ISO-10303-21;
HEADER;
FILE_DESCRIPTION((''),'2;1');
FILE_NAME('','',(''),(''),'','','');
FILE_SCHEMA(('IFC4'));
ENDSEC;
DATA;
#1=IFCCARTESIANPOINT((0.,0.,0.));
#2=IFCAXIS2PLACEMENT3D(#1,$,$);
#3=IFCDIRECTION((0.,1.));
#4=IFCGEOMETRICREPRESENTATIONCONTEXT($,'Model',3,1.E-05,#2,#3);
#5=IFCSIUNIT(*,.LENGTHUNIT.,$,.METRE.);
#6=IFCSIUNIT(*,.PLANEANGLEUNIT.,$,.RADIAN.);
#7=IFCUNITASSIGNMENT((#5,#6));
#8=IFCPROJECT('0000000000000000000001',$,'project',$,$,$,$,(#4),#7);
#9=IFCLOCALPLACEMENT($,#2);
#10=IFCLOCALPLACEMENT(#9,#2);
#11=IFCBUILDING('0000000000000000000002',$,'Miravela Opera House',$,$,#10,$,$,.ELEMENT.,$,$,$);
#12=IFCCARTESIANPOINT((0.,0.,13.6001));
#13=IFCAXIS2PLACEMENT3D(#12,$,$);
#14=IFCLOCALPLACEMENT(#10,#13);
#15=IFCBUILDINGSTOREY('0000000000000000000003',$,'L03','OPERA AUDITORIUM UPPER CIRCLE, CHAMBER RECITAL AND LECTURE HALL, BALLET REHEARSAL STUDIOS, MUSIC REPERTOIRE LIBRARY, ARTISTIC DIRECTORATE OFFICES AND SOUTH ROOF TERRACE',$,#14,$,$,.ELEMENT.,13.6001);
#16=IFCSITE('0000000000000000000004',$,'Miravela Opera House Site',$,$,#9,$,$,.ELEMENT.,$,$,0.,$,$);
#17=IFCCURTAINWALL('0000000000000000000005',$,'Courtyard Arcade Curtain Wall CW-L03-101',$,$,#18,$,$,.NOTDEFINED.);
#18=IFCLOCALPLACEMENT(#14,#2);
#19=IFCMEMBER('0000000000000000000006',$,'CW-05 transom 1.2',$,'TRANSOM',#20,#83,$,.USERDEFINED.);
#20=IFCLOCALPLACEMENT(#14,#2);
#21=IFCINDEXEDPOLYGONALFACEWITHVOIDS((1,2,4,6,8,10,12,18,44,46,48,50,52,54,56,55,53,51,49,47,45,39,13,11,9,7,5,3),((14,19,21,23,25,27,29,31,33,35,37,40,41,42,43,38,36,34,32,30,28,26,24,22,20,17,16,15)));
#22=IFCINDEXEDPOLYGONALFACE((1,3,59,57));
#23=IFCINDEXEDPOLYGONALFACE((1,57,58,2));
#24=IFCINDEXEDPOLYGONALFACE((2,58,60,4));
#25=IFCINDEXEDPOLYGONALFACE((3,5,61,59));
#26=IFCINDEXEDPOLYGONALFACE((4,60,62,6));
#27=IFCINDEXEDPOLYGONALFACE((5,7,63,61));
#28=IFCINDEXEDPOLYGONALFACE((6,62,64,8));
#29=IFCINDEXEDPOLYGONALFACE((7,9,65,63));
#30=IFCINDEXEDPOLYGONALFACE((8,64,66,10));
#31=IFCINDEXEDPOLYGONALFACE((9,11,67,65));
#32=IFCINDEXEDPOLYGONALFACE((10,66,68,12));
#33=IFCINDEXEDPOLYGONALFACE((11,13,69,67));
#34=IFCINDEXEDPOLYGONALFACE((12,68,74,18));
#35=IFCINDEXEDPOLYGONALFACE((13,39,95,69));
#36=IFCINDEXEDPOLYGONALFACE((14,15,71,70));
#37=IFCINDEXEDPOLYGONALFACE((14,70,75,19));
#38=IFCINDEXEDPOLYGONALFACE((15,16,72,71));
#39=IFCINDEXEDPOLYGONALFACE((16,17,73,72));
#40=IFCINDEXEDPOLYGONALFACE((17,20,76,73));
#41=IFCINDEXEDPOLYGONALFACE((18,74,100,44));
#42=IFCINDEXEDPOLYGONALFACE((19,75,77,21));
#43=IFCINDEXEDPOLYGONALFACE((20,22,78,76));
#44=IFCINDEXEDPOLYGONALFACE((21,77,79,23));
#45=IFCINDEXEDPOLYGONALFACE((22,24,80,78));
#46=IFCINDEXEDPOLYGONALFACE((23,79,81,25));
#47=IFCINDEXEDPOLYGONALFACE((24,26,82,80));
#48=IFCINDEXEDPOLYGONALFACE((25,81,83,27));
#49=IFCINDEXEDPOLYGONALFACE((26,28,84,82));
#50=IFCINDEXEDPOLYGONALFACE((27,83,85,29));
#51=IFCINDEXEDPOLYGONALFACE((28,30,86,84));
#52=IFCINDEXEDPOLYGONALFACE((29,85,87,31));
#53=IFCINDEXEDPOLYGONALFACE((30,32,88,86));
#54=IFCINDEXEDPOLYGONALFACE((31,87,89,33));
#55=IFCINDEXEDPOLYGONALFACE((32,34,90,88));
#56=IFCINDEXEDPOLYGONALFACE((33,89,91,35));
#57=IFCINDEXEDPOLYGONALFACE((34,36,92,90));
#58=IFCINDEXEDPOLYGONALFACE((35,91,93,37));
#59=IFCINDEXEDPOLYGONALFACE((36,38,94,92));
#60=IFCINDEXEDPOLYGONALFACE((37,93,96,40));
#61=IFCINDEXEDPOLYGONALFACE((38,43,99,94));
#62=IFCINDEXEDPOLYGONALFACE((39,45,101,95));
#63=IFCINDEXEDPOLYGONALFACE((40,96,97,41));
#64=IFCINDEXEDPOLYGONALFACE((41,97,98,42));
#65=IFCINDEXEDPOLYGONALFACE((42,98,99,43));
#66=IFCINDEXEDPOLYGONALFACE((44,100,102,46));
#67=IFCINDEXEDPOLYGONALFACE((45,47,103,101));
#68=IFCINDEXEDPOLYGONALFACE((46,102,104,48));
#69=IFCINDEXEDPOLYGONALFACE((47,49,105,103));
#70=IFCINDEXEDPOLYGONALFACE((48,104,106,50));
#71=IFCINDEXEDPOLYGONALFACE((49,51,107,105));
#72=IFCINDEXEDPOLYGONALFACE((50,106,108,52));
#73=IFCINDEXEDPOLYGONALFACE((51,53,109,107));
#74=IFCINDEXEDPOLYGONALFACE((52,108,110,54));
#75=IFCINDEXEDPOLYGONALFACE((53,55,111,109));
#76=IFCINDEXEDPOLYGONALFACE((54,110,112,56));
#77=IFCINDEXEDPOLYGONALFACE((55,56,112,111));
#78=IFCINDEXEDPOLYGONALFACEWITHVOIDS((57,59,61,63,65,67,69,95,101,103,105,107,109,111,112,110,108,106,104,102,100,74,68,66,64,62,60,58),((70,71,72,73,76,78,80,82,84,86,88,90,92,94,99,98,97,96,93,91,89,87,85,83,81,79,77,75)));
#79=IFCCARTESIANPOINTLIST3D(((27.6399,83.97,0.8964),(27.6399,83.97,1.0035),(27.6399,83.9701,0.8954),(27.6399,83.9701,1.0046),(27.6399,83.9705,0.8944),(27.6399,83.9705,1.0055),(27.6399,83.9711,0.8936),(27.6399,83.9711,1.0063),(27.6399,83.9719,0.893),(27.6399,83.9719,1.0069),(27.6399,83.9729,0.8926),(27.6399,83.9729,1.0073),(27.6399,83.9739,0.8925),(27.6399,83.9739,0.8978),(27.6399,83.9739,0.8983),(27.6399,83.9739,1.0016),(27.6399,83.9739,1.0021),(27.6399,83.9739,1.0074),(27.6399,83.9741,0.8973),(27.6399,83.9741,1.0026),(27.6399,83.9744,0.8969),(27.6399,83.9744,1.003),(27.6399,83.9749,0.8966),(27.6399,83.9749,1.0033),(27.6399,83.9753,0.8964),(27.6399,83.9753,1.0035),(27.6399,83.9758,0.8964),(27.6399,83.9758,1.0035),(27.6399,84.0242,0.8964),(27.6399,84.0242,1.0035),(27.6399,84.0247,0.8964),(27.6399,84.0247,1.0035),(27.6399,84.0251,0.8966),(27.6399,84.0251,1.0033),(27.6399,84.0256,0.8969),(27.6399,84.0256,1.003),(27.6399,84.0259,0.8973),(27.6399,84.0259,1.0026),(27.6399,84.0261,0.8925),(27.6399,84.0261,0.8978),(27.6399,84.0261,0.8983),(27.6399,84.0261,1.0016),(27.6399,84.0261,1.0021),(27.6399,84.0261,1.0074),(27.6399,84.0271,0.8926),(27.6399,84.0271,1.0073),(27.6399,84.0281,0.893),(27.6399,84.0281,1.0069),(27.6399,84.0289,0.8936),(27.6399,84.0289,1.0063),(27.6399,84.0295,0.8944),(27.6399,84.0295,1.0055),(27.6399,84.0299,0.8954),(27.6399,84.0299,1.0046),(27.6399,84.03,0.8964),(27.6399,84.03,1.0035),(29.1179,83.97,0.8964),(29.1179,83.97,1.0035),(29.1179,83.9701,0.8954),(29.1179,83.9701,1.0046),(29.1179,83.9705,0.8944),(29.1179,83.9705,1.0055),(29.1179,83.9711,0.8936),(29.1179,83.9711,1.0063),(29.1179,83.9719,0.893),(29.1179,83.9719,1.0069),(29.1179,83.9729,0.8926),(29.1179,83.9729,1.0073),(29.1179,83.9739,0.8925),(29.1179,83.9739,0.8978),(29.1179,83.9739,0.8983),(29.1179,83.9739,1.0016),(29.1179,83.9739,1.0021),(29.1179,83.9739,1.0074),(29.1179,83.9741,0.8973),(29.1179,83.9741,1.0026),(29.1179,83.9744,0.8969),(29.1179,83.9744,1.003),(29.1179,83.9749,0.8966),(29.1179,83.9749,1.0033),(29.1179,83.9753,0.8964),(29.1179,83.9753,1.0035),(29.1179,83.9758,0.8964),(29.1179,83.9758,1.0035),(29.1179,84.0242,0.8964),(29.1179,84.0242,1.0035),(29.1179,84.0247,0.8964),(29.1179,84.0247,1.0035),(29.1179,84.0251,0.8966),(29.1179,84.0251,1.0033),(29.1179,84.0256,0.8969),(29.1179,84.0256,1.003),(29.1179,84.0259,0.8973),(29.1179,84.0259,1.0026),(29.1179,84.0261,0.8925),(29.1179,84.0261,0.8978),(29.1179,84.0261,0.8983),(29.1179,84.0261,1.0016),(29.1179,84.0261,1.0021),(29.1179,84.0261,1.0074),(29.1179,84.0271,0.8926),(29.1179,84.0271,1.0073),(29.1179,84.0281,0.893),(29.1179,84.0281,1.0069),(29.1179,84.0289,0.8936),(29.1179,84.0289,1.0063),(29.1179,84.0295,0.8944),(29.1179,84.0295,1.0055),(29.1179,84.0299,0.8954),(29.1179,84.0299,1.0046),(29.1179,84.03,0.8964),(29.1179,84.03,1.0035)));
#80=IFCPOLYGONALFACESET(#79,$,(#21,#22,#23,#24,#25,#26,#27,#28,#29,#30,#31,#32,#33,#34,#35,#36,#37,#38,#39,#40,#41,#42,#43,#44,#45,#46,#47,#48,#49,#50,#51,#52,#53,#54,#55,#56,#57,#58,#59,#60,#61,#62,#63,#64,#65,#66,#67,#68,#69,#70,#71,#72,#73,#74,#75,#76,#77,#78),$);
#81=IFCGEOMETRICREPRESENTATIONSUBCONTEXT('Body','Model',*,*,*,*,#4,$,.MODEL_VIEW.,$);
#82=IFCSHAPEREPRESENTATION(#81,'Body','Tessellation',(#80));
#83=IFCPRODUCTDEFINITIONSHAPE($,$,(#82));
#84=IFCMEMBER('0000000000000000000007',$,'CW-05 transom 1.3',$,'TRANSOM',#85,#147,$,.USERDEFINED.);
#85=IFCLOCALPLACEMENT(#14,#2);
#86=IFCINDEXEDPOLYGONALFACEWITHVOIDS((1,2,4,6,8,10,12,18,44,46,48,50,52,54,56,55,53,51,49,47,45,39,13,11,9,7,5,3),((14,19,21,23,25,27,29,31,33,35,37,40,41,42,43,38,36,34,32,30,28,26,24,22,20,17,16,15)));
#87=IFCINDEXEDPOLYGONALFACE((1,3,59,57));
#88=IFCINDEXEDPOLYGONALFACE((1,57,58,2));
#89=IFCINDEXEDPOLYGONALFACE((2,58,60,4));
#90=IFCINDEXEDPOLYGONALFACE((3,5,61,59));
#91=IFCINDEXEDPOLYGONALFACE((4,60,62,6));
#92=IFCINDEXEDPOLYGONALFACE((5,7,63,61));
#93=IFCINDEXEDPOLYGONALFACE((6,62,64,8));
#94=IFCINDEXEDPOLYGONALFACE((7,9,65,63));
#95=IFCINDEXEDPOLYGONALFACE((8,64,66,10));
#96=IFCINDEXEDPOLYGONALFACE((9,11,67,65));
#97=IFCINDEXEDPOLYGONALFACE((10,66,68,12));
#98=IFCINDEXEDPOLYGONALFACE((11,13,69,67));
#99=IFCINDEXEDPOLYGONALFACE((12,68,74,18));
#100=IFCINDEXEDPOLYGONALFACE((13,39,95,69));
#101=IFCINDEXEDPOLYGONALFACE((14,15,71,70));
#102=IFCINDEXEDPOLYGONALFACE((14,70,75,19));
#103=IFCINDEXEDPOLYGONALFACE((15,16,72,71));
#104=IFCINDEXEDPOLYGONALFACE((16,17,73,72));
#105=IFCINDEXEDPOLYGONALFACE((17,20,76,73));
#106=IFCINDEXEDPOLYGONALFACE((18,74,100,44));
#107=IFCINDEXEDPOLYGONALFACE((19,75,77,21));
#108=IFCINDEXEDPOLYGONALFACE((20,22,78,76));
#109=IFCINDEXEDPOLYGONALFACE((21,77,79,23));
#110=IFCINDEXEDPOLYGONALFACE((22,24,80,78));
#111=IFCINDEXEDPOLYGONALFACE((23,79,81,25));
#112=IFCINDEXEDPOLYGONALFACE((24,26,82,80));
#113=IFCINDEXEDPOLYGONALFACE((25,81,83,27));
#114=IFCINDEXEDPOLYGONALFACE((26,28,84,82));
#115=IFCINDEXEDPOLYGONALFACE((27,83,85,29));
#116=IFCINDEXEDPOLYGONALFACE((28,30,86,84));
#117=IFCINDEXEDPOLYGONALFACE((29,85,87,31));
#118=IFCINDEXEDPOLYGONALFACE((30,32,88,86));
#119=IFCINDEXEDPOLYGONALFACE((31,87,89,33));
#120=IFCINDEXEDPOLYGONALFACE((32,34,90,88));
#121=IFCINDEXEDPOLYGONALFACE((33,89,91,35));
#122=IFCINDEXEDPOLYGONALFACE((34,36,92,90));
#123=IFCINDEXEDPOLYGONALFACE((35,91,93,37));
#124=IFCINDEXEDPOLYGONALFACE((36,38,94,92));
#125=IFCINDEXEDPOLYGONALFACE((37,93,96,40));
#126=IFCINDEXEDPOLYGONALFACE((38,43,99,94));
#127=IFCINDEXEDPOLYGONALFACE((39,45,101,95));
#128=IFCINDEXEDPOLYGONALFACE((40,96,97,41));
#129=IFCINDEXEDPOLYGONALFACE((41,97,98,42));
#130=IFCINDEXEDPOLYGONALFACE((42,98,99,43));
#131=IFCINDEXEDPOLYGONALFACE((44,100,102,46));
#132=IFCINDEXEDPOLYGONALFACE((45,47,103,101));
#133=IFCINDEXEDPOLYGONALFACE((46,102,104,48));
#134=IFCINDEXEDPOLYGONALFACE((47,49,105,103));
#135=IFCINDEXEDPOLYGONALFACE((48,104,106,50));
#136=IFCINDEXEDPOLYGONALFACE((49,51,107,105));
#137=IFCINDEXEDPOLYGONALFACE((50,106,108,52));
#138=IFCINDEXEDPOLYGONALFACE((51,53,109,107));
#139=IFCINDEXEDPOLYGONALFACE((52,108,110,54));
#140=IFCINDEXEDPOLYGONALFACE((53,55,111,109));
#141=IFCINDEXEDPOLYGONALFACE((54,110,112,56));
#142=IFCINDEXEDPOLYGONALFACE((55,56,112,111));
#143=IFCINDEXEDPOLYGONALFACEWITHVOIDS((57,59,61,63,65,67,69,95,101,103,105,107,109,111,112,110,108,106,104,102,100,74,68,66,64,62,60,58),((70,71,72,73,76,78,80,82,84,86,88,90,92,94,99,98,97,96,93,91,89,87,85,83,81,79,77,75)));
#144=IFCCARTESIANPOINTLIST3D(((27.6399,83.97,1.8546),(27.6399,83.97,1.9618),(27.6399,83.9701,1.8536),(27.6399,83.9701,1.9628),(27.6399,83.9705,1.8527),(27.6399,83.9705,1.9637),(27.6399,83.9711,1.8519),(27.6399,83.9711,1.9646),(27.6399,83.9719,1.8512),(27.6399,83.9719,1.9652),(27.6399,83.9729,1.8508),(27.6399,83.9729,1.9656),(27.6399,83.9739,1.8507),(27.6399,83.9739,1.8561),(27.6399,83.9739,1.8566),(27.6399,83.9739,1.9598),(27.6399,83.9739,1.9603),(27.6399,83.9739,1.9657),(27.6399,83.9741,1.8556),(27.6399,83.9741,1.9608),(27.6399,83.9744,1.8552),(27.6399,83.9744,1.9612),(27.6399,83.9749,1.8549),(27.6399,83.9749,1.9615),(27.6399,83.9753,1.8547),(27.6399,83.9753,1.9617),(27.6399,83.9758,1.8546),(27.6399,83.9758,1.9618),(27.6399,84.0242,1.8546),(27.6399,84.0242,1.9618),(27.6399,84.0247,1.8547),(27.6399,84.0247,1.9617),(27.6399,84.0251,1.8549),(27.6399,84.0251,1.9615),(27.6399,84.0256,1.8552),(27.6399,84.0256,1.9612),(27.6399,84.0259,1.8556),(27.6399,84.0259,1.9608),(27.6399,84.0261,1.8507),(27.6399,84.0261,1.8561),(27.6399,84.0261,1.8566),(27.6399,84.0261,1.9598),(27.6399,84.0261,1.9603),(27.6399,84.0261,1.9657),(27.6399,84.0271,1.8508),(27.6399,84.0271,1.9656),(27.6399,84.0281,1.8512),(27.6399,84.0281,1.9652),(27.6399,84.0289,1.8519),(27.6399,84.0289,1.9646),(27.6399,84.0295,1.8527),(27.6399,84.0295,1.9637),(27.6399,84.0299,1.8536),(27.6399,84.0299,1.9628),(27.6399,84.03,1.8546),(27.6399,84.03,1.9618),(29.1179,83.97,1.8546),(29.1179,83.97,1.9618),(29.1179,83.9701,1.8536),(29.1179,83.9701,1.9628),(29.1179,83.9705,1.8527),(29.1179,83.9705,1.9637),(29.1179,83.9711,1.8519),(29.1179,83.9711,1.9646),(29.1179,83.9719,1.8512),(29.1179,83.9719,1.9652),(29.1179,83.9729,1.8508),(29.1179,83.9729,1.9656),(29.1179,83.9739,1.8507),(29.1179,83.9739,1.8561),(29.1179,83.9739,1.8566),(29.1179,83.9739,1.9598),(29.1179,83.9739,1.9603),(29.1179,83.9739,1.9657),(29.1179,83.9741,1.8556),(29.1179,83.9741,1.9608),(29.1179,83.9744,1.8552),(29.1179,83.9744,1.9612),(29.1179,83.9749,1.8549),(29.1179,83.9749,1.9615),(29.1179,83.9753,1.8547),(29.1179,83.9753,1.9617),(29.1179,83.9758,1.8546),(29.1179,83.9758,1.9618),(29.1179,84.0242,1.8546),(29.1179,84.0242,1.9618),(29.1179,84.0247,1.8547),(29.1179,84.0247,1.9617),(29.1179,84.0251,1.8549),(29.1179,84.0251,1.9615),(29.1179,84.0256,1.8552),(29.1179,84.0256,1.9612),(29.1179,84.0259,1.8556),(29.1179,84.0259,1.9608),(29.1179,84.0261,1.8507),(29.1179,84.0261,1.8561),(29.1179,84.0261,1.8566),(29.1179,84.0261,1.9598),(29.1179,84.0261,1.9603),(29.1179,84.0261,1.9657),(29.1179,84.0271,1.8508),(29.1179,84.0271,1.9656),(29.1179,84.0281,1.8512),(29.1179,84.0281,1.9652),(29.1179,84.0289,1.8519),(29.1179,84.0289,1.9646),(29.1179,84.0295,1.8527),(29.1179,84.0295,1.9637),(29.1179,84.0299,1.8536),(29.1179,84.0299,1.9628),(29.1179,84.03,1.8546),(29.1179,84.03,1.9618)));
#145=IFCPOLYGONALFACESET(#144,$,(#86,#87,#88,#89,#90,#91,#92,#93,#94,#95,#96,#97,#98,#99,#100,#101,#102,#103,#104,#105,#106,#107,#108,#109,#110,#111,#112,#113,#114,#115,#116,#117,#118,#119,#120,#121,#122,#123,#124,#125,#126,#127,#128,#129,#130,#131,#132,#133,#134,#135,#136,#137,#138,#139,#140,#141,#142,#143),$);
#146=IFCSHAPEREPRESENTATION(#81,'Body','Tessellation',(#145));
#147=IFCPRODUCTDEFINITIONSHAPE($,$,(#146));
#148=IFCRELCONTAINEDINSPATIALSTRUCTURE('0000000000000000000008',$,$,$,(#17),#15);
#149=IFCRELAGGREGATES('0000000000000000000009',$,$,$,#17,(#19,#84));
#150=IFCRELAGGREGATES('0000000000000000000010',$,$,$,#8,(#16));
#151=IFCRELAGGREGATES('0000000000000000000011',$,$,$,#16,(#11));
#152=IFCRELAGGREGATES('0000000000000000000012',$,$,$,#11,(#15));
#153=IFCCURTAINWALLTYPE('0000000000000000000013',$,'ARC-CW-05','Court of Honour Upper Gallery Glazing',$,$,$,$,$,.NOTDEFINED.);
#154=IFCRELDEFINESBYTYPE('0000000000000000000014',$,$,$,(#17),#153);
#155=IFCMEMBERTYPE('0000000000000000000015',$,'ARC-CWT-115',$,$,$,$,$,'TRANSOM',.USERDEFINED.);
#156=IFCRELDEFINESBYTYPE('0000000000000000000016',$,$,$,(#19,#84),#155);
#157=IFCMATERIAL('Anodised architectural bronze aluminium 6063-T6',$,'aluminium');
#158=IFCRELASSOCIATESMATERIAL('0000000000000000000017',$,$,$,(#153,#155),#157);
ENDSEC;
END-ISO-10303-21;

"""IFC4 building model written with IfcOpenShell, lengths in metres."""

from ifc_helpers import new_model, si_unit, direction, frame, origin, origin_2d, place, context, subcontext, project, spatial, hollow_rectangle, extrude, material, material_profile, profile_set, type_object, element, aggregate, save


model = new_model("IFC4")

# Units and contexts
model_context = context("Model", 3, precision=1e-05, world=origin(), true_north=direction((0.0, 1.0)))
body_context = subcontext(model_context, "Body", "Model", "MODEL_VIEW")
ifc_project = project(units=[si_unit("LENGTHUNIT", "METRE"), si_unit("PLANEANGLEUNIT", "RADIAN")], contexts=[model_context])

# Site, building, storey
site_placement = place(None, origin())
site = spatial("IfcSite", under=ifc_project, at=site_placement, Name="Miravela Opera House Site", CompositionType="ELEMENT", RefElevation=0.0)
building_placement = place(site_placement, origin())
building = spatial("IfcBuilding", under=site, at=building_placement, Name="Miravela Opera House", CompositionType="ELEMENT")
storey_placement = place(building_placement, frame((0.0, 0.0, 13.6001)))
storey = spatial("IfcBuildingStorey", under=building, at=storey_placement, Name="L03", Description="OPERA AUDITORIUM UPPER CIRCLE, CHAMBER RECITAL AND LECTURE HALL, BALLET REHEARSAL STUDIOS, MUSIC REPERTOIRE LIBRARY, ARTISTIC DIRECTORATE OFFICES AND SOUTH ROOF TERRACE", CompositionType="ELEMENT", Elevation=13.6001)

# Curtain wall, members
ifc_material_1 = material(Name="Anodised architectural bronze aluminium 6063-T6", Category="aluminium")
curtain_wall_type = type_object("IfcCurtainWallType", Name="ARC-CW-05", Description="Court of Honour Upper Gallery Glazing", PredefinedType="NOTDEFINED", material=ifc_material_1)
curtain_wall_placement = place(storey_placement, origin())
curtain_wall = element("IfcCurtainWall", 1, at=curtain_wall_placement, inside=storey, type_object=curtain_wall_type, Name="Courtyard Arcade Curtain Wall CW-L03-101", PredefinedType="NOTDEFINED")
ifc_material_profile_1 = material_profile(ifc_material_1, hollow_rectangle(XDim=0.0601, YDim=0.115, WallThickness=0.0039, InnerFilletRadius=0.002, OuterFilletRadius=0.0039, at=origin_2d()), Name="CWT-60X115")
ifc_profile_set_1 = profile_set([ifc_material_profile_1])
member_type_1 = type_object("IfcMemberType", Name="ARC-CWT-115", ElementType="TRANSOM", PredefinedType="USERDEFINED", material=ifc_profile_set_1)
member_1_placement = place(storey_placement, frame((27.6399, 84.0, 0.95), z_axis=(1.0, 0.0, 0.0), x_axis=(0.0, 1.0, 0.0)))
member_1 = element("IfcMember", 2, at=member_1_placement, type_object=member_type_1, Name="CW-05 transom 1.2", ObjectType="TRANSOM", PredefinedType="USERDEFINED", context=body_context, shape_type="SweptSolid", body=[
    extrude(hollow_rectangle(XDim=0.0601, YDim=0.115, WallThickness=0.0039, InnerFilletRadius=0.002, OuterFilletRadius=0.0039, at=origin_2d()), origin(), (0.0, 0.0, 1.0), 1.478),
])
member_2_placement = place(storey_placement, frame((27.6399, 84.0, 1.9082), z_axis=(1.0, 0.0, 0.0), x_axis=(0.0, 1.0, 0.0)))
member_2 = element("IfcMember", 3, at=member_2_placement, type_object=member_type_1, Name="CW-05 transom 1.3", ObjectType="TRANSOM", PredefinedType="USERDEFINED", context=body_context, shape_type="SweptSolid", body=[
    extrude(hollow_rectangle(XDim=0.0601, YDim=0.115, WallThickness=0.0039, InnerFilletRadius=0.002, OuterFilletRadius=0.0039, at=origin_2d()), origin(), (0.0, 0.0, 1.0), 1.478),
])

aggregate(curtain_wall, [member_1, member_2])

save(model, "model.ifc")
